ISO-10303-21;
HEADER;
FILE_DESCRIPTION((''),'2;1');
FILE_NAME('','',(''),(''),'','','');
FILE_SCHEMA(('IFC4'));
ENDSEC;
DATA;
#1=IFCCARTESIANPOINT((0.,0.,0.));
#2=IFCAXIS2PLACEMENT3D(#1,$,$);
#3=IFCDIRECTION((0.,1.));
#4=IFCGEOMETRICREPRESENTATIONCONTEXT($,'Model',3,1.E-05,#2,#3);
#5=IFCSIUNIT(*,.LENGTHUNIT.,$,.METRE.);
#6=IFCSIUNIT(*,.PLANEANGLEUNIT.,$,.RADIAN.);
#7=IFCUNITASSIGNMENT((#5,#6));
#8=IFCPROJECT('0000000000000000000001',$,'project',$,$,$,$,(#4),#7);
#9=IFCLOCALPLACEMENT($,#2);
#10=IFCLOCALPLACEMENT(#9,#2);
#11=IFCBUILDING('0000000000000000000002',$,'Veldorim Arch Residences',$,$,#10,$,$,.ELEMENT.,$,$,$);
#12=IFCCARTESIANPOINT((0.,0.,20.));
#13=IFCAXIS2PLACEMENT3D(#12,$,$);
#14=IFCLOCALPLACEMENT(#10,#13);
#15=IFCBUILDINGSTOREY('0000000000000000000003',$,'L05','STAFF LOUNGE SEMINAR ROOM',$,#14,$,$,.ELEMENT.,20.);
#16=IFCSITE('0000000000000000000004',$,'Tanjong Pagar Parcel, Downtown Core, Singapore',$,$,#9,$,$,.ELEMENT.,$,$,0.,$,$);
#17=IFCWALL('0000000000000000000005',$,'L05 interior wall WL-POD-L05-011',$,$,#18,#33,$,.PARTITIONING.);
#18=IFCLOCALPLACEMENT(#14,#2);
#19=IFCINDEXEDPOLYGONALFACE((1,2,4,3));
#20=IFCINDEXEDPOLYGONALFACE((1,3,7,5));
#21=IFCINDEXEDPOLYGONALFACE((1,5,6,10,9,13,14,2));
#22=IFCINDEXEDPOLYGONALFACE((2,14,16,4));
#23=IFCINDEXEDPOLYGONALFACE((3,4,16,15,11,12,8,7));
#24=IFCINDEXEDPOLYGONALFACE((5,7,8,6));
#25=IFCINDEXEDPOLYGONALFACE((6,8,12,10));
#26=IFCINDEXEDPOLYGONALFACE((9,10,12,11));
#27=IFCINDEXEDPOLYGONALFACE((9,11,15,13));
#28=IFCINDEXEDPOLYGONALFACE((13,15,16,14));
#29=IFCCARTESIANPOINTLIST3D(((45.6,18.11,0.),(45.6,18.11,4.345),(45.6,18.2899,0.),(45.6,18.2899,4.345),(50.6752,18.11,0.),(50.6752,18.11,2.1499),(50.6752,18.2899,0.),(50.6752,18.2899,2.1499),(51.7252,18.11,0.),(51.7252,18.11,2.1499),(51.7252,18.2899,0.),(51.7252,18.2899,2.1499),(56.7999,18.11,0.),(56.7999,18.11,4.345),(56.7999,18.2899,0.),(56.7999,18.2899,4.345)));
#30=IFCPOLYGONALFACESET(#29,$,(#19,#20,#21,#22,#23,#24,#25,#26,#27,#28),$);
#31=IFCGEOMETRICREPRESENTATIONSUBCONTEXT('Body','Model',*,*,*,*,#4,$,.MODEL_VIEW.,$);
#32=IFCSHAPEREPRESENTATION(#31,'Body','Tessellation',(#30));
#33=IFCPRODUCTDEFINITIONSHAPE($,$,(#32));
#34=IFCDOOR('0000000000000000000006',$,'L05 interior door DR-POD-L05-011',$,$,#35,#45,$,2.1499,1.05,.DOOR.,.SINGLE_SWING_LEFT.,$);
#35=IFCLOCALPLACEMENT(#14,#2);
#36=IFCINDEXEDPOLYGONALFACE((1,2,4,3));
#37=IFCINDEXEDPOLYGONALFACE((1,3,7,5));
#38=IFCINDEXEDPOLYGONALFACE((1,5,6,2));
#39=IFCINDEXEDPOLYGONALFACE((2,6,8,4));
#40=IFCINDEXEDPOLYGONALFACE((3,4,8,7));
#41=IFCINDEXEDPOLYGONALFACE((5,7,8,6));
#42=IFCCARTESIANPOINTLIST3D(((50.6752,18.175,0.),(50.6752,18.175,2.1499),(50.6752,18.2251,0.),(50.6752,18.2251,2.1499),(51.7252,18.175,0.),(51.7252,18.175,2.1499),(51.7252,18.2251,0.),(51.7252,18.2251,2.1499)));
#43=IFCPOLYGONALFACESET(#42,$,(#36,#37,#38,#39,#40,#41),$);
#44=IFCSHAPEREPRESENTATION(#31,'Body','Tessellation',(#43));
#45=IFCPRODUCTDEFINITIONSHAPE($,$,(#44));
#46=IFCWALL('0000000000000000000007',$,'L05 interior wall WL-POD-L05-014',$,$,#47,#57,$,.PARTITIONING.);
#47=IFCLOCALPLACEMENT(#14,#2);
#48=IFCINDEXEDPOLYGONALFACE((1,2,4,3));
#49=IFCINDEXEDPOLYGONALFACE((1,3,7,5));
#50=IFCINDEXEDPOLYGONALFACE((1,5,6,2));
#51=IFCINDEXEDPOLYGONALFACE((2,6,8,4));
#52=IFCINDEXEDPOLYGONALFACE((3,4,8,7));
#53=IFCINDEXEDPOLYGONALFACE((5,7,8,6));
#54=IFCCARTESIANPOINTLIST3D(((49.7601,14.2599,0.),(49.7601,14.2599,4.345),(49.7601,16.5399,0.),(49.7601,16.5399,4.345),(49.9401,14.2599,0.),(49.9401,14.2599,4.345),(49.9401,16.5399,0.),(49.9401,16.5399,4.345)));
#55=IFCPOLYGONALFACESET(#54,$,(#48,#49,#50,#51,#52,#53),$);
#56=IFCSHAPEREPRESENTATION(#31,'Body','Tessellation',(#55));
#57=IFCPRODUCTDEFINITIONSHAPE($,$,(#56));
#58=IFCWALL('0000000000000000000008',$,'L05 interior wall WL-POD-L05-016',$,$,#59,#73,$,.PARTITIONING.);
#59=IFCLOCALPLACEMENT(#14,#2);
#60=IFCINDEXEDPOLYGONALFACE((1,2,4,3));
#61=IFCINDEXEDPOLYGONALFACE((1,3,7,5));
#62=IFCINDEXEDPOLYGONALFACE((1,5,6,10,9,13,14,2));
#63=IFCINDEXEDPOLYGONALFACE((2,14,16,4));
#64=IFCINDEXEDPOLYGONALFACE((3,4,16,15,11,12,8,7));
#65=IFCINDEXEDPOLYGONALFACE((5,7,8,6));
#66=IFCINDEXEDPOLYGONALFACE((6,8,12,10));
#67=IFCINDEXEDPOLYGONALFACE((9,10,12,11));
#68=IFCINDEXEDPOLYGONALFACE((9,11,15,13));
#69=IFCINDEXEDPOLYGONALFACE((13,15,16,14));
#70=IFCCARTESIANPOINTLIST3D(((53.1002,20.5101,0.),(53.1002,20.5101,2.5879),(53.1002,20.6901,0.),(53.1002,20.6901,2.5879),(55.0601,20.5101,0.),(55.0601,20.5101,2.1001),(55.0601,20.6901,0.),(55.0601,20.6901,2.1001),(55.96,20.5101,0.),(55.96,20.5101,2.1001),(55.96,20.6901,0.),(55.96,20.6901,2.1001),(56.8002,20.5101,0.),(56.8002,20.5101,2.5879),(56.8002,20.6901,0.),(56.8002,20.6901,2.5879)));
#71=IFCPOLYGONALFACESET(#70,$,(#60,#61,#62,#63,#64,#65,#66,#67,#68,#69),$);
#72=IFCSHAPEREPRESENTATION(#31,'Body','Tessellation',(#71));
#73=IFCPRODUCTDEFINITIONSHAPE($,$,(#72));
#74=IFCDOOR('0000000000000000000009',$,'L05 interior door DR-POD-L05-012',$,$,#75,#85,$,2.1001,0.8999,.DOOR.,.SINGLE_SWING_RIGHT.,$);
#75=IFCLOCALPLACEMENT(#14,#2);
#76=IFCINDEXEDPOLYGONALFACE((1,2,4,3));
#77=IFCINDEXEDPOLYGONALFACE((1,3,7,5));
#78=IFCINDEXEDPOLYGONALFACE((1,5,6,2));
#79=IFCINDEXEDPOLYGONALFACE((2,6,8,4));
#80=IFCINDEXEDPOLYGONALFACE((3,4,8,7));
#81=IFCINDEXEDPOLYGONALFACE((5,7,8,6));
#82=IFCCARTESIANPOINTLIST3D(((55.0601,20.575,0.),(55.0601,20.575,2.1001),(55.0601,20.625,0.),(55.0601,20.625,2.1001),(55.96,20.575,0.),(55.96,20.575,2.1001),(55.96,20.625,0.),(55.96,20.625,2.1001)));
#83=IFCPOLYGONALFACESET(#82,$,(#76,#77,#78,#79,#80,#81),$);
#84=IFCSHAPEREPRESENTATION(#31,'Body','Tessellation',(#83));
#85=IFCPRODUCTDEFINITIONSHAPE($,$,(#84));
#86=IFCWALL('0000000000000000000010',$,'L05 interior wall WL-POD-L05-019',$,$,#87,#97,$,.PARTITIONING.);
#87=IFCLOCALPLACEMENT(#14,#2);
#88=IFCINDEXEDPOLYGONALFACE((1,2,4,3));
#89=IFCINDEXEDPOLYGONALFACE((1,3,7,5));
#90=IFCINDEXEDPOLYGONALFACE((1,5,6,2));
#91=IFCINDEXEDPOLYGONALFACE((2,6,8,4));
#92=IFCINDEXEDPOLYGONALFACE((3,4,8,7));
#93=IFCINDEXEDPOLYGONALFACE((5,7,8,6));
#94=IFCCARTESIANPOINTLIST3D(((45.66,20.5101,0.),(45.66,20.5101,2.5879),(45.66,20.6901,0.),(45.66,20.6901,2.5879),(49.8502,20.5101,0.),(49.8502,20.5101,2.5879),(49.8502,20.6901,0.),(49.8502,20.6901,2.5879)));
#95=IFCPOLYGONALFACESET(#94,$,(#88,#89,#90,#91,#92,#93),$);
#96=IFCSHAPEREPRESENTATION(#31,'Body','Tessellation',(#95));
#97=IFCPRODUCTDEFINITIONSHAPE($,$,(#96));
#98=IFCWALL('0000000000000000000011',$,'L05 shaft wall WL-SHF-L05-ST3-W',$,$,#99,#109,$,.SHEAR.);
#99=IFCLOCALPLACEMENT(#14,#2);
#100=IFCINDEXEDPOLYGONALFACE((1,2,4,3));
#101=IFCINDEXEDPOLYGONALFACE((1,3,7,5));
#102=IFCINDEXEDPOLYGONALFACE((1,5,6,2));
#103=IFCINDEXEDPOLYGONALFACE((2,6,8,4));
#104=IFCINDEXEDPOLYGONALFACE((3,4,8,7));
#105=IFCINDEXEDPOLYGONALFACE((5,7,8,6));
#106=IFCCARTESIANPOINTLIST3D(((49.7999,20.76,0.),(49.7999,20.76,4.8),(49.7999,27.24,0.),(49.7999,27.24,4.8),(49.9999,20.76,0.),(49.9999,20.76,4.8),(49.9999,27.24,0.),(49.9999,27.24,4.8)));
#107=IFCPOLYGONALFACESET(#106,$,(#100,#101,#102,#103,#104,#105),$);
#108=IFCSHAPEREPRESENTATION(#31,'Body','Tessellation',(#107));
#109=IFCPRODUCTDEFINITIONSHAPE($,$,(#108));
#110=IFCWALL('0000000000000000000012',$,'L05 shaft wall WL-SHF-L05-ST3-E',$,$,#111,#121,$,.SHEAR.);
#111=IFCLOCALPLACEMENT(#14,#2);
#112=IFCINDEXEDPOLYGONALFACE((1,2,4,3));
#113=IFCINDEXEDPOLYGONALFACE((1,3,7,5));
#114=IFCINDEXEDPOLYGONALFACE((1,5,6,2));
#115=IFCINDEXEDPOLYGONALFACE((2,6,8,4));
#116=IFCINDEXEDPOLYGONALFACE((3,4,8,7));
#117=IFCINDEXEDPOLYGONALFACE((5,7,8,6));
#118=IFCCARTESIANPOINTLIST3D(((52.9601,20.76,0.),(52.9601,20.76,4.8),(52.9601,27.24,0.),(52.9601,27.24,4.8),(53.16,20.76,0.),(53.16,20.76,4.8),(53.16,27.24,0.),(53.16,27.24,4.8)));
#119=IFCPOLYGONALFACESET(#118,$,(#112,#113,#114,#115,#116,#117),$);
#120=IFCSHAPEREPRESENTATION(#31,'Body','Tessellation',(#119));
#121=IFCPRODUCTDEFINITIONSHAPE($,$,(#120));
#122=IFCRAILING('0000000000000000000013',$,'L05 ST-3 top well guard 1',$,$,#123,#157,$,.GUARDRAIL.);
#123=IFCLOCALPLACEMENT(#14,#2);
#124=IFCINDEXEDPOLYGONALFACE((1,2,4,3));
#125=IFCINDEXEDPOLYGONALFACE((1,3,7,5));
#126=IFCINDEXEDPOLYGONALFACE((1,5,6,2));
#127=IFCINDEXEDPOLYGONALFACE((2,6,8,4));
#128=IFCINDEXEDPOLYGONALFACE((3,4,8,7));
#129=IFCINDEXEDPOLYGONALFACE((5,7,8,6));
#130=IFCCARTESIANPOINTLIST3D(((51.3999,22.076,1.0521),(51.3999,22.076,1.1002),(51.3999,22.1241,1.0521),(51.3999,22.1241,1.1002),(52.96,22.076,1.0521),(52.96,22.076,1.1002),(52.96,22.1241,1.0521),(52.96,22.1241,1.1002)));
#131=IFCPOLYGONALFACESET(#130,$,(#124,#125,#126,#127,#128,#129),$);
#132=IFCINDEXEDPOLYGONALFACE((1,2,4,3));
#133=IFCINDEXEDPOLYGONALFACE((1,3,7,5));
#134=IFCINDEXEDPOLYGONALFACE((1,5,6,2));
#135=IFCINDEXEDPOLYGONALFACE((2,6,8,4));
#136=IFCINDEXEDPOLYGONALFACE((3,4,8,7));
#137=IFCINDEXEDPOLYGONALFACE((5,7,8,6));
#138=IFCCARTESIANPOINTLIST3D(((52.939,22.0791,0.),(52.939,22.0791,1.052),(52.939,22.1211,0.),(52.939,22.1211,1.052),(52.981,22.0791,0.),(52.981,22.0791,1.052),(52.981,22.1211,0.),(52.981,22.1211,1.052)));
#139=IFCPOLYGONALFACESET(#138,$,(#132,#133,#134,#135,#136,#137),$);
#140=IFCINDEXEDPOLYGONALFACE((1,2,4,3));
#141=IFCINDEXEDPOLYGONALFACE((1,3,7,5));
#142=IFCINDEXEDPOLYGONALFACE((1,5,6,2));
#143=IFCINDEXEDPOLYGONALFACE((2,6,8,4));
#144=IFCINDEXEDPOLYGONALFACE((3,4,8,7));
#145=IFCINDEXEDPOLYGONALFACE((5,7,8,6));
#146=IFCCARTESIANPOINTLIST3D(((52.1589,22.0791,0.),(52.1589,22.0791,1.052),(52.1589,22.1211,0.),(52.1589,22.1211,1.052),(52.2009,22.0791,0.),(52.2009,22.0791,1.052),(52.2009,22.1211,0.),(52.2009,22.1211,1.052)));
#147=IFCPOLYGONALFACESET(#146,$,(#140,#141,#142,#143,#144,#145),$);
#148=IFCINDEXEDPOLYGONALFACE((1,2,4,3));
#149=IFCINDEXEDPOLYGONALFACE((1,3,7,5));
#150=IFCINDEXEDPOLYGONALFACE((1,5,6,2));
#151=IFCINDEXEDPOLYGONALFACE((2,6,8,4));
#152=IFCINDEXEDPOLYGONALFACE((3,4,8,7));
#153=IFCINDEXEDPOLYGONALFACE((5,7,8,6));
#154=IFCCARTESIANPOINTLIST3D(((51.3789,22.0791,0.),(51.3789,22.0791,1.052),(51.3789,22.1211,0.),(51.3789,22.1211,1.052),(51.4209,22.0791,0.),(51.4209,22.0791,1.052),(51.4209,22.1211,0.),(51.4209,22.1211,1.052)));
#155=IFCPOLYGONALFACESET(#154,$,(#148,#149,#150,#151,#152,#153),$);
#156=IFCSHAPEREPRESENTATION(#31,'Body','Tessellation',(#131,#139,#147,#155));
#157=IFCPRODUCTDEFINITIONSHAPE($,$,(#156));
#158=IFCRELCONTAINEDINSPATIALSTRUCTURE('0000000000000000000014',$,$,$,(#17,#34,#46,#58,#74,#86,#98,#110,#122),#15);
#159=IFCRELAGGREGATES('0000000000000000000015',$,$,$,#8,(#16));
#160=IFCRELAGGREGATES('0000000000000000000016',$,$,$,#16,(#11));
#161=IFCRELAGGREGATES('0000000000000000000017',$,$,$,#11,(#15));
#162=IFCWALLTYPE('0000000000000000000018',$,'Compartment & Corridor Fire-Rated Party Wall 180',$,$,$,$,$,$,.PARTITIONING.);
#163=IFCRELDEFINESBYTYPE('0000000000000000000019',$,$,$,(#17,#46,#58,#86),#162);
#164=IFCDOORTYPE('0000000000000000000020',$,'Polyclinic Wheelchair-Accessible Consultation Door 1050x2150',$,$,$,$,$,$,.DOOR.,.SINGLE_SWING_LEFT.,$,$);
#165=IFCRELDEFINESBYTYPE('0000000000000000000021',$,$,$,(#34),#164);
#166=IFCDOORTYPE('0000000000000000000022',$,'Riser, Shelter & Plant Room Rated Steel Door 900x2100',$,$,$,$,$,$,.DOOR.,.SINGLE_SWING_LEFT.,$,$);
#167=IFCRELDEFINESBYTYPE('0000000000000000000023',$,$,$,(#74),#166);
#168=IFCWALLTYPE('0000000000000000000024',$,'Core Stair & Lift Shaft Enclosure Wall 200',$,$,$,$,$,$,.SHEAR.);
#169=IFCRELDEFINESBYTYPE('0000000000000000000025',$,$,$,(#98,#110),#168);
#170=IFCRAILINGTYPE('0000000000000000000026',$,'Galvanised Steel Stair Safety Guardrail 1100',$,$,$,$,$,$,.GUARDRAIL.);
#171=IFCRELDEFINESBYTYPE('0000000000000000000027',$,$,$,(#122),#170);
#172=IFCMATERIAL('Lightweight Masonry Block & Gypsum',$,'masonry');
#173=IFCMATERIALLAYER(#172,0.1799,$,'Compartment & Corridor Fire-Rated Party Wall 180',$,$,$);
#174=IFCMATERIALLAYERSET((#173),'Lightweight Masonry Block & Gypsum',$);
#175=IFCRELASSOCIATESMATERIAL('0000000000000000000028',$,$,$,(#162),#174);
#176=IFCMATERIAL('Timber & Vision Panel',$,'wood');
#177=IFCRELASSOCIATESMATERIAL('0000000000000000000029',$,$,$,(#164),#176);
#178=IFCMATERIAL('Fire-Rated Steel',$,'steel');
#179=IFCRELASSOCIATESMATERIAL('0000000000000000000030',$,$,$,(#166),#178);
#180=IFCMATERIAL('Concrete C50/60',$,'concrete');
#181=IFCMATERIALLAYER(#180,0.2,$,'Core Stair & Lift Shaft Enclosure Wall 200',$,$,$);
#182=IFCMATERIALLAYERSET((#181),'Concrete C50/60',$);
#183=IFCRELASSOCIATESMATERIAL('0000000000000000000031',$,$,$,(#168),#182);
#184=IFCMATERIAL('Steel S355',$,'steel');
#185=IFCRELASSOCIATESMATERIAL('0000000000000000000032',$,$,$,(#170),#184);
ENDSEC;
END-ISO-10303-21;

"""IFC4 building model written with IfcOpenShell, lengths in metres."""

from ifc_helpers import new_model, si_unit, direction, frame, frame_2d, origin, origin_2d, place, context, subcontext, project, spatial, rectangle, extrude, material, layer, layer_set, type_object, element, fill, save


model = new_model("IFC4")

# Units and contexts
model_context = context("Model", 3, precision=1e-05, world=origin(), true_north=direction((0.0, 1.0)))
body_context = subcontext(model_context, "Body", "Model", "MODEL_VIEW")
ifc_project = project(units=[si_unit("LENGTHUNIT", "METRE"), si_unit("PLANEANGLEUNIT", "RADIAN")], contexts=[model_context])

# Site, building, storey
site_placement = place(None, origin())
site = spatial("IfcSite", under=ifc_project, at=site_placement, Name="Tanjong Pagar Parcel, Downtown Core, Singapore", CompositionType="ELEMENT", RefElevation=0.0)
building_placement = place(site_placement, origin())
building = spatial("IfcBuilding", under=site, at=building_placement, Name="Veldorim Arch Residences", CompositionType="ELEMENT")
storey_placement = place(building_placement, frame((0.0, 0.0, 20.0)))
storey = spatial("IfcBuildingStorey", under=building, at=storey_placement, Name="L05", Description="STAFF LOUNGE SEMINAR ROOM", CompositionType="ELEMENT", Elevation=20.0)

# Wall, opening, door
ifc_material_1 = material(Name="Lightweight Masonry Block & Gypsum", Category="masonry")
ifc_layer_1 = layer(ifc_material_1, 0.1799, Name="Compartment & Corridor Fire-Rated Party Wall 180")
ifc_layer_set_1 = layer_set([ifc_layer_1], Name="Lightweight Masonry Block & Gypsum")
wall_type_1 = type_object("IfcWallType", Name="Compartment & Corridor Fire-Rated Party Wall 180", PredefinedType="PARTITIONING", material=ifc_layer_set_1)
wall_1_placement = place(storey_placement, frame((56.8, 18.2, 0.0), z_axis=(0.0, 0.0, 1.0), x_axis=(-1.0, 0.0, 0.0)))
wall_1 = element("IfcWall", 1, at=wall_1_placement, inside=storey, type_object=wall_type_1, Name="L05 interior wall WL-POD-L05-011", PredefinedType="PARTITIONING", context=body_context, shape_type="SweptSolid", body=[
    extrude(rectangle(XDim=11.2, YDim=0.1799, at=frame_2d((5.6001, 0.0))), origin(), (0.0, 0.0, 1.0), 4.345),
])
opening_1_placement = place(wall_1_placement, frame((5.075, 0.0, 0.0)))
opening_1 = element("IfcOpeningElement", 2, at=opening_1_placement, cuts=wall_1, PredefinedType="OPENING", context=body_context, shape_type="SweptSolid", body=[
    extrude(rectangle(XDim=1.05, YDim=2.1499, at=frame_2d((0.5249, 1.075))), frame((0.0, 0.0999, 0.0), z_axis=(0.0, -1.0, 0.0), x_axis=(1.0, 0.0, 0.0)), (0.0, 0.0, 1.0), 0.2),
])
ifc_material_2 = material(Name="Timber & Vision Panel", Category="wood")
door_type_1 = type_object("IfcDoorType", Name="Polyclinic Wheelchair-Accessible Consultation Door 1050x2150", OperationType="SINGLE_SWING_LEFT", PredefinedType="DOOR", material=ifc_material_2)
door_1_placement = place(opening_1_placement, origin())
door_1 = element("IfcDoor", 3, at=door_1_placement, inside=storey, type_object=door_type_1, Name="L05 interior door DR-POD-L05-011", OperationType="SINGLE_SWING_LEFT", OverallHeight=2.1499, OverallWidth=1.05, PredefinedType="DOOR", context=body_context, shape_type="SweptSolid", body=[
    extrude(rectangle(XDim=1.05, YDim=2.1499, at=frame_2d((0.5249, 1.075))), frame((0.0, 0.0249, 0.0), z_axis=(0.0, -1.0, 0.0), x_axis=(1.0, 0.0, 0.0)), (0.0, 0.0, 1.0), 0.05),
])
fill(opening_1, door_1)

# Wall
wall_2_placement = place(storey_placement, frame((49.8501, 16.54, 0.0), z_axis=(0.0, 0.0, 1.0), x_axis=(0.0, -1.0, 0.0)))
element("IfcWall", 4, at=wall_2_placement, inside=storey, type_object=wall_type_1, Name="L05 interior wall WL-POD-L05-014", PredefinedType="PARTITIONING", context=body_context, shape_type="SweptSolid", body=[
    extrude(rectangle(XDim=2.28, YDim=0.1799, at=frame_2d((1.1401, 0.0))), origin(), (0.0, 0.0, 1.0), 4.345),
])

# Wall, opening, door
wall_3_placement = place(storey_placement, frame((53.1001, 20.6001, 0.0), z_axis=(0.0, 0.0, 1.0), x_axis=(1.0, 0.0, 0.0)))
wall_3 = element("IfcWall", 5, at=wall_3_placement, inside=storey, type_object=wall_type_1, Name="L05 interior wall WL-POD-L05-016", PredefinedType="PARTITIONING", context=body_context, shape_type="SweptSolid", body=[
    extrude(rectangle(XDim=3.7, YDim=0.1799, at=frame_2d((1.8501, 0.0))), origin(), (0.0, 0.0, 1.0), 2.5879),
])
opening_2_placement = place(wall_3_placement, frame((1.96, 0.0, 0.0)))
opening_2 = element("IfcOpeningElement", 6, at=opening_2_placement, cuts=wall_3, PredefinedType="OPENING", context=body_context, shape_type="SweptSolid", body=[
    extrude(rectangle(XDim=0.8999, YDim=2.1001, at=frame_2d((0.45, 1.05))), frame((0.0, 0.0999, 0.0), z_axis=(0.0, -1.0, 0.0), x_axis=(1.0, 0.0, 0.0)), (0.0, 0.0, 1.0), 0.2),
])
ifc_material_3 = material(Name="Fire-Rated Steel", Category="steel")
door_type_2 = type_object("IfcDoorType", Name="Riser, Shelter & Plant Room Rated Steel Door 900x2100", OperationType="SINGLE_SWING_LEFT", PredefinedType="DOOR", material=ifc_material_3)
door_2_placement = place(opening_2_placement, origin())
door_2 = element("IfcDoor", 7, at=door_2_placement, inside=storey, type_object=door_type_2, Name="L05 interior door DR-POD-L05-012", OperationType="SINGLE_SWING_RIGHT", OverallHeight=2.1001, OverallWidth=0.8999, PredefinedType="DOOR", context=body_context, shape_type="SweptSolid", body=[
    extrude(rectangle(XDim=0.8999, YDim=2.1001, at=frame_2d((0.45, 1.05))), frame((0.0, 0.0249, 0.0), z_axis=(0.0, -1.0, 0.0), x_axis=(1.0, 0.0, 0.0)), (0.0, 0.0, 1.0), 0.05),
])
fill(opening_2, door_2)

# Walls
wall_4_placement = place(storey_placement, frame((45.6599, 20.6001, 0.0), z_axis=(0.0, 0.0, 1.0), x_axis=(1.0, 0.0, 0.0)))
element("IfcWall", 8, at=wall_4_placement, inside=storey, type_object=wall_type_1, Name="L05 interior wall WL-POD-L05-019", PredefinedType="PARTITIONING", context=body_context, shape_type="SweptSolid", body=[
    extrude(rectangle(XDim=4.1902, YDim=0.1799, at=frame_2d((2.0952, 0.0))), origin(), (0.0, 0.0, 1.0), 2.5879),
])
ifc_material_4 = material(Name="Concrete C50/60", Category="concrete")
ifc_layer_2 = layer(ifc_material_4, 0.2, Name="Core Stair & Lift Shaft Enclosure Wall 200")
ifc_layer_set_2 = layer_set([ifc_layer_2], Name="Concrete C50/60")
wall_type_2 = type_object("IfcWallType", Name="Core Stair & Lift Shaft Enclosure Wall 200", PredefinedType="SHEAR", material=ifc_layer_set_2)
for number, where, z_axis, x_axis, name in (
    (9, (49.8999, 20.76, 0.0), (0.0, 0.0, 1.0), (0.0, 1.0, 0.0), "L05 shaft wall WL-SHF-L05-ST3-W"),
    (10, (53.0601, 20.76, 0.0), (0.0, 0.0, 1.0), (0.0, 1.0, 0.0), "L05 shaft wall WL-SHF-L05-ST3-E"),
):
    element("IfcWall", number, at=place(storey_placement, frame(where, z_axis=z_axis, x_axis=x_axis)), inside=storey, type_object=wall_type_2, Name=name, PredefinedType="SHEAR", context=body_context, shape_type="SweptSolid", body=[
        extrude(rectangle(XDim=6.48, YDim=0.2, at=frame_2d((3.24, 0.0))), origin(), (0.0, 0.0, 1.0), 4.8),
    ])

# Railing
ifc_material_5 = material(Name="Steel S355", Category="steel")
railing_type = type_object("IfcRailingType", Name="Galvanised Steel Stair Safety Guardrail 1100", PredefinedType="GUARDRAIL", material=ifc_material_5)
railing_placement = place(storey_placement, frame((52.96, 22.1001, 0.0)))
element("IfcRailing", 11, at=railing_placement, inside=storey, type_object=railing_type, Name="L05 ST-3 top well guard 1", PredefinedType="GUARDRAIL", context=body_context, shape_type="SweptSolid", body=[
    extrude(rectangle(XDim=0.0481, YDim=0.0481, at=origin_2d()), frame((0.0, 0.0, 1.0762), z_axis=(-1.0, 0.0, 0.0), x_axis=(0.0, -1.0, 0.0)), (0.0, 0.0, 1.0), 1.5601),
    extrude(rectangle(XDim=0.042, YDim=0.042, at=origin_2d()), origin(), (0.0, 0.0, 1.0), 1.052),
    extrude(rectangle(XDim=0.042, YDim=0.042, at=origin_2d()), frame((-0.78, 0.0, 0.0)), (0.0, 0.0, 1.0), 1.052),
    extrude(rectangle(XDim=0.042, YDim=0.042, at=origin_2d()), frame((-1.5601, 0.0, 0.0)), (0.0, 0.0, 1.0), 1.052),
])

save(model, "model.ifc")
